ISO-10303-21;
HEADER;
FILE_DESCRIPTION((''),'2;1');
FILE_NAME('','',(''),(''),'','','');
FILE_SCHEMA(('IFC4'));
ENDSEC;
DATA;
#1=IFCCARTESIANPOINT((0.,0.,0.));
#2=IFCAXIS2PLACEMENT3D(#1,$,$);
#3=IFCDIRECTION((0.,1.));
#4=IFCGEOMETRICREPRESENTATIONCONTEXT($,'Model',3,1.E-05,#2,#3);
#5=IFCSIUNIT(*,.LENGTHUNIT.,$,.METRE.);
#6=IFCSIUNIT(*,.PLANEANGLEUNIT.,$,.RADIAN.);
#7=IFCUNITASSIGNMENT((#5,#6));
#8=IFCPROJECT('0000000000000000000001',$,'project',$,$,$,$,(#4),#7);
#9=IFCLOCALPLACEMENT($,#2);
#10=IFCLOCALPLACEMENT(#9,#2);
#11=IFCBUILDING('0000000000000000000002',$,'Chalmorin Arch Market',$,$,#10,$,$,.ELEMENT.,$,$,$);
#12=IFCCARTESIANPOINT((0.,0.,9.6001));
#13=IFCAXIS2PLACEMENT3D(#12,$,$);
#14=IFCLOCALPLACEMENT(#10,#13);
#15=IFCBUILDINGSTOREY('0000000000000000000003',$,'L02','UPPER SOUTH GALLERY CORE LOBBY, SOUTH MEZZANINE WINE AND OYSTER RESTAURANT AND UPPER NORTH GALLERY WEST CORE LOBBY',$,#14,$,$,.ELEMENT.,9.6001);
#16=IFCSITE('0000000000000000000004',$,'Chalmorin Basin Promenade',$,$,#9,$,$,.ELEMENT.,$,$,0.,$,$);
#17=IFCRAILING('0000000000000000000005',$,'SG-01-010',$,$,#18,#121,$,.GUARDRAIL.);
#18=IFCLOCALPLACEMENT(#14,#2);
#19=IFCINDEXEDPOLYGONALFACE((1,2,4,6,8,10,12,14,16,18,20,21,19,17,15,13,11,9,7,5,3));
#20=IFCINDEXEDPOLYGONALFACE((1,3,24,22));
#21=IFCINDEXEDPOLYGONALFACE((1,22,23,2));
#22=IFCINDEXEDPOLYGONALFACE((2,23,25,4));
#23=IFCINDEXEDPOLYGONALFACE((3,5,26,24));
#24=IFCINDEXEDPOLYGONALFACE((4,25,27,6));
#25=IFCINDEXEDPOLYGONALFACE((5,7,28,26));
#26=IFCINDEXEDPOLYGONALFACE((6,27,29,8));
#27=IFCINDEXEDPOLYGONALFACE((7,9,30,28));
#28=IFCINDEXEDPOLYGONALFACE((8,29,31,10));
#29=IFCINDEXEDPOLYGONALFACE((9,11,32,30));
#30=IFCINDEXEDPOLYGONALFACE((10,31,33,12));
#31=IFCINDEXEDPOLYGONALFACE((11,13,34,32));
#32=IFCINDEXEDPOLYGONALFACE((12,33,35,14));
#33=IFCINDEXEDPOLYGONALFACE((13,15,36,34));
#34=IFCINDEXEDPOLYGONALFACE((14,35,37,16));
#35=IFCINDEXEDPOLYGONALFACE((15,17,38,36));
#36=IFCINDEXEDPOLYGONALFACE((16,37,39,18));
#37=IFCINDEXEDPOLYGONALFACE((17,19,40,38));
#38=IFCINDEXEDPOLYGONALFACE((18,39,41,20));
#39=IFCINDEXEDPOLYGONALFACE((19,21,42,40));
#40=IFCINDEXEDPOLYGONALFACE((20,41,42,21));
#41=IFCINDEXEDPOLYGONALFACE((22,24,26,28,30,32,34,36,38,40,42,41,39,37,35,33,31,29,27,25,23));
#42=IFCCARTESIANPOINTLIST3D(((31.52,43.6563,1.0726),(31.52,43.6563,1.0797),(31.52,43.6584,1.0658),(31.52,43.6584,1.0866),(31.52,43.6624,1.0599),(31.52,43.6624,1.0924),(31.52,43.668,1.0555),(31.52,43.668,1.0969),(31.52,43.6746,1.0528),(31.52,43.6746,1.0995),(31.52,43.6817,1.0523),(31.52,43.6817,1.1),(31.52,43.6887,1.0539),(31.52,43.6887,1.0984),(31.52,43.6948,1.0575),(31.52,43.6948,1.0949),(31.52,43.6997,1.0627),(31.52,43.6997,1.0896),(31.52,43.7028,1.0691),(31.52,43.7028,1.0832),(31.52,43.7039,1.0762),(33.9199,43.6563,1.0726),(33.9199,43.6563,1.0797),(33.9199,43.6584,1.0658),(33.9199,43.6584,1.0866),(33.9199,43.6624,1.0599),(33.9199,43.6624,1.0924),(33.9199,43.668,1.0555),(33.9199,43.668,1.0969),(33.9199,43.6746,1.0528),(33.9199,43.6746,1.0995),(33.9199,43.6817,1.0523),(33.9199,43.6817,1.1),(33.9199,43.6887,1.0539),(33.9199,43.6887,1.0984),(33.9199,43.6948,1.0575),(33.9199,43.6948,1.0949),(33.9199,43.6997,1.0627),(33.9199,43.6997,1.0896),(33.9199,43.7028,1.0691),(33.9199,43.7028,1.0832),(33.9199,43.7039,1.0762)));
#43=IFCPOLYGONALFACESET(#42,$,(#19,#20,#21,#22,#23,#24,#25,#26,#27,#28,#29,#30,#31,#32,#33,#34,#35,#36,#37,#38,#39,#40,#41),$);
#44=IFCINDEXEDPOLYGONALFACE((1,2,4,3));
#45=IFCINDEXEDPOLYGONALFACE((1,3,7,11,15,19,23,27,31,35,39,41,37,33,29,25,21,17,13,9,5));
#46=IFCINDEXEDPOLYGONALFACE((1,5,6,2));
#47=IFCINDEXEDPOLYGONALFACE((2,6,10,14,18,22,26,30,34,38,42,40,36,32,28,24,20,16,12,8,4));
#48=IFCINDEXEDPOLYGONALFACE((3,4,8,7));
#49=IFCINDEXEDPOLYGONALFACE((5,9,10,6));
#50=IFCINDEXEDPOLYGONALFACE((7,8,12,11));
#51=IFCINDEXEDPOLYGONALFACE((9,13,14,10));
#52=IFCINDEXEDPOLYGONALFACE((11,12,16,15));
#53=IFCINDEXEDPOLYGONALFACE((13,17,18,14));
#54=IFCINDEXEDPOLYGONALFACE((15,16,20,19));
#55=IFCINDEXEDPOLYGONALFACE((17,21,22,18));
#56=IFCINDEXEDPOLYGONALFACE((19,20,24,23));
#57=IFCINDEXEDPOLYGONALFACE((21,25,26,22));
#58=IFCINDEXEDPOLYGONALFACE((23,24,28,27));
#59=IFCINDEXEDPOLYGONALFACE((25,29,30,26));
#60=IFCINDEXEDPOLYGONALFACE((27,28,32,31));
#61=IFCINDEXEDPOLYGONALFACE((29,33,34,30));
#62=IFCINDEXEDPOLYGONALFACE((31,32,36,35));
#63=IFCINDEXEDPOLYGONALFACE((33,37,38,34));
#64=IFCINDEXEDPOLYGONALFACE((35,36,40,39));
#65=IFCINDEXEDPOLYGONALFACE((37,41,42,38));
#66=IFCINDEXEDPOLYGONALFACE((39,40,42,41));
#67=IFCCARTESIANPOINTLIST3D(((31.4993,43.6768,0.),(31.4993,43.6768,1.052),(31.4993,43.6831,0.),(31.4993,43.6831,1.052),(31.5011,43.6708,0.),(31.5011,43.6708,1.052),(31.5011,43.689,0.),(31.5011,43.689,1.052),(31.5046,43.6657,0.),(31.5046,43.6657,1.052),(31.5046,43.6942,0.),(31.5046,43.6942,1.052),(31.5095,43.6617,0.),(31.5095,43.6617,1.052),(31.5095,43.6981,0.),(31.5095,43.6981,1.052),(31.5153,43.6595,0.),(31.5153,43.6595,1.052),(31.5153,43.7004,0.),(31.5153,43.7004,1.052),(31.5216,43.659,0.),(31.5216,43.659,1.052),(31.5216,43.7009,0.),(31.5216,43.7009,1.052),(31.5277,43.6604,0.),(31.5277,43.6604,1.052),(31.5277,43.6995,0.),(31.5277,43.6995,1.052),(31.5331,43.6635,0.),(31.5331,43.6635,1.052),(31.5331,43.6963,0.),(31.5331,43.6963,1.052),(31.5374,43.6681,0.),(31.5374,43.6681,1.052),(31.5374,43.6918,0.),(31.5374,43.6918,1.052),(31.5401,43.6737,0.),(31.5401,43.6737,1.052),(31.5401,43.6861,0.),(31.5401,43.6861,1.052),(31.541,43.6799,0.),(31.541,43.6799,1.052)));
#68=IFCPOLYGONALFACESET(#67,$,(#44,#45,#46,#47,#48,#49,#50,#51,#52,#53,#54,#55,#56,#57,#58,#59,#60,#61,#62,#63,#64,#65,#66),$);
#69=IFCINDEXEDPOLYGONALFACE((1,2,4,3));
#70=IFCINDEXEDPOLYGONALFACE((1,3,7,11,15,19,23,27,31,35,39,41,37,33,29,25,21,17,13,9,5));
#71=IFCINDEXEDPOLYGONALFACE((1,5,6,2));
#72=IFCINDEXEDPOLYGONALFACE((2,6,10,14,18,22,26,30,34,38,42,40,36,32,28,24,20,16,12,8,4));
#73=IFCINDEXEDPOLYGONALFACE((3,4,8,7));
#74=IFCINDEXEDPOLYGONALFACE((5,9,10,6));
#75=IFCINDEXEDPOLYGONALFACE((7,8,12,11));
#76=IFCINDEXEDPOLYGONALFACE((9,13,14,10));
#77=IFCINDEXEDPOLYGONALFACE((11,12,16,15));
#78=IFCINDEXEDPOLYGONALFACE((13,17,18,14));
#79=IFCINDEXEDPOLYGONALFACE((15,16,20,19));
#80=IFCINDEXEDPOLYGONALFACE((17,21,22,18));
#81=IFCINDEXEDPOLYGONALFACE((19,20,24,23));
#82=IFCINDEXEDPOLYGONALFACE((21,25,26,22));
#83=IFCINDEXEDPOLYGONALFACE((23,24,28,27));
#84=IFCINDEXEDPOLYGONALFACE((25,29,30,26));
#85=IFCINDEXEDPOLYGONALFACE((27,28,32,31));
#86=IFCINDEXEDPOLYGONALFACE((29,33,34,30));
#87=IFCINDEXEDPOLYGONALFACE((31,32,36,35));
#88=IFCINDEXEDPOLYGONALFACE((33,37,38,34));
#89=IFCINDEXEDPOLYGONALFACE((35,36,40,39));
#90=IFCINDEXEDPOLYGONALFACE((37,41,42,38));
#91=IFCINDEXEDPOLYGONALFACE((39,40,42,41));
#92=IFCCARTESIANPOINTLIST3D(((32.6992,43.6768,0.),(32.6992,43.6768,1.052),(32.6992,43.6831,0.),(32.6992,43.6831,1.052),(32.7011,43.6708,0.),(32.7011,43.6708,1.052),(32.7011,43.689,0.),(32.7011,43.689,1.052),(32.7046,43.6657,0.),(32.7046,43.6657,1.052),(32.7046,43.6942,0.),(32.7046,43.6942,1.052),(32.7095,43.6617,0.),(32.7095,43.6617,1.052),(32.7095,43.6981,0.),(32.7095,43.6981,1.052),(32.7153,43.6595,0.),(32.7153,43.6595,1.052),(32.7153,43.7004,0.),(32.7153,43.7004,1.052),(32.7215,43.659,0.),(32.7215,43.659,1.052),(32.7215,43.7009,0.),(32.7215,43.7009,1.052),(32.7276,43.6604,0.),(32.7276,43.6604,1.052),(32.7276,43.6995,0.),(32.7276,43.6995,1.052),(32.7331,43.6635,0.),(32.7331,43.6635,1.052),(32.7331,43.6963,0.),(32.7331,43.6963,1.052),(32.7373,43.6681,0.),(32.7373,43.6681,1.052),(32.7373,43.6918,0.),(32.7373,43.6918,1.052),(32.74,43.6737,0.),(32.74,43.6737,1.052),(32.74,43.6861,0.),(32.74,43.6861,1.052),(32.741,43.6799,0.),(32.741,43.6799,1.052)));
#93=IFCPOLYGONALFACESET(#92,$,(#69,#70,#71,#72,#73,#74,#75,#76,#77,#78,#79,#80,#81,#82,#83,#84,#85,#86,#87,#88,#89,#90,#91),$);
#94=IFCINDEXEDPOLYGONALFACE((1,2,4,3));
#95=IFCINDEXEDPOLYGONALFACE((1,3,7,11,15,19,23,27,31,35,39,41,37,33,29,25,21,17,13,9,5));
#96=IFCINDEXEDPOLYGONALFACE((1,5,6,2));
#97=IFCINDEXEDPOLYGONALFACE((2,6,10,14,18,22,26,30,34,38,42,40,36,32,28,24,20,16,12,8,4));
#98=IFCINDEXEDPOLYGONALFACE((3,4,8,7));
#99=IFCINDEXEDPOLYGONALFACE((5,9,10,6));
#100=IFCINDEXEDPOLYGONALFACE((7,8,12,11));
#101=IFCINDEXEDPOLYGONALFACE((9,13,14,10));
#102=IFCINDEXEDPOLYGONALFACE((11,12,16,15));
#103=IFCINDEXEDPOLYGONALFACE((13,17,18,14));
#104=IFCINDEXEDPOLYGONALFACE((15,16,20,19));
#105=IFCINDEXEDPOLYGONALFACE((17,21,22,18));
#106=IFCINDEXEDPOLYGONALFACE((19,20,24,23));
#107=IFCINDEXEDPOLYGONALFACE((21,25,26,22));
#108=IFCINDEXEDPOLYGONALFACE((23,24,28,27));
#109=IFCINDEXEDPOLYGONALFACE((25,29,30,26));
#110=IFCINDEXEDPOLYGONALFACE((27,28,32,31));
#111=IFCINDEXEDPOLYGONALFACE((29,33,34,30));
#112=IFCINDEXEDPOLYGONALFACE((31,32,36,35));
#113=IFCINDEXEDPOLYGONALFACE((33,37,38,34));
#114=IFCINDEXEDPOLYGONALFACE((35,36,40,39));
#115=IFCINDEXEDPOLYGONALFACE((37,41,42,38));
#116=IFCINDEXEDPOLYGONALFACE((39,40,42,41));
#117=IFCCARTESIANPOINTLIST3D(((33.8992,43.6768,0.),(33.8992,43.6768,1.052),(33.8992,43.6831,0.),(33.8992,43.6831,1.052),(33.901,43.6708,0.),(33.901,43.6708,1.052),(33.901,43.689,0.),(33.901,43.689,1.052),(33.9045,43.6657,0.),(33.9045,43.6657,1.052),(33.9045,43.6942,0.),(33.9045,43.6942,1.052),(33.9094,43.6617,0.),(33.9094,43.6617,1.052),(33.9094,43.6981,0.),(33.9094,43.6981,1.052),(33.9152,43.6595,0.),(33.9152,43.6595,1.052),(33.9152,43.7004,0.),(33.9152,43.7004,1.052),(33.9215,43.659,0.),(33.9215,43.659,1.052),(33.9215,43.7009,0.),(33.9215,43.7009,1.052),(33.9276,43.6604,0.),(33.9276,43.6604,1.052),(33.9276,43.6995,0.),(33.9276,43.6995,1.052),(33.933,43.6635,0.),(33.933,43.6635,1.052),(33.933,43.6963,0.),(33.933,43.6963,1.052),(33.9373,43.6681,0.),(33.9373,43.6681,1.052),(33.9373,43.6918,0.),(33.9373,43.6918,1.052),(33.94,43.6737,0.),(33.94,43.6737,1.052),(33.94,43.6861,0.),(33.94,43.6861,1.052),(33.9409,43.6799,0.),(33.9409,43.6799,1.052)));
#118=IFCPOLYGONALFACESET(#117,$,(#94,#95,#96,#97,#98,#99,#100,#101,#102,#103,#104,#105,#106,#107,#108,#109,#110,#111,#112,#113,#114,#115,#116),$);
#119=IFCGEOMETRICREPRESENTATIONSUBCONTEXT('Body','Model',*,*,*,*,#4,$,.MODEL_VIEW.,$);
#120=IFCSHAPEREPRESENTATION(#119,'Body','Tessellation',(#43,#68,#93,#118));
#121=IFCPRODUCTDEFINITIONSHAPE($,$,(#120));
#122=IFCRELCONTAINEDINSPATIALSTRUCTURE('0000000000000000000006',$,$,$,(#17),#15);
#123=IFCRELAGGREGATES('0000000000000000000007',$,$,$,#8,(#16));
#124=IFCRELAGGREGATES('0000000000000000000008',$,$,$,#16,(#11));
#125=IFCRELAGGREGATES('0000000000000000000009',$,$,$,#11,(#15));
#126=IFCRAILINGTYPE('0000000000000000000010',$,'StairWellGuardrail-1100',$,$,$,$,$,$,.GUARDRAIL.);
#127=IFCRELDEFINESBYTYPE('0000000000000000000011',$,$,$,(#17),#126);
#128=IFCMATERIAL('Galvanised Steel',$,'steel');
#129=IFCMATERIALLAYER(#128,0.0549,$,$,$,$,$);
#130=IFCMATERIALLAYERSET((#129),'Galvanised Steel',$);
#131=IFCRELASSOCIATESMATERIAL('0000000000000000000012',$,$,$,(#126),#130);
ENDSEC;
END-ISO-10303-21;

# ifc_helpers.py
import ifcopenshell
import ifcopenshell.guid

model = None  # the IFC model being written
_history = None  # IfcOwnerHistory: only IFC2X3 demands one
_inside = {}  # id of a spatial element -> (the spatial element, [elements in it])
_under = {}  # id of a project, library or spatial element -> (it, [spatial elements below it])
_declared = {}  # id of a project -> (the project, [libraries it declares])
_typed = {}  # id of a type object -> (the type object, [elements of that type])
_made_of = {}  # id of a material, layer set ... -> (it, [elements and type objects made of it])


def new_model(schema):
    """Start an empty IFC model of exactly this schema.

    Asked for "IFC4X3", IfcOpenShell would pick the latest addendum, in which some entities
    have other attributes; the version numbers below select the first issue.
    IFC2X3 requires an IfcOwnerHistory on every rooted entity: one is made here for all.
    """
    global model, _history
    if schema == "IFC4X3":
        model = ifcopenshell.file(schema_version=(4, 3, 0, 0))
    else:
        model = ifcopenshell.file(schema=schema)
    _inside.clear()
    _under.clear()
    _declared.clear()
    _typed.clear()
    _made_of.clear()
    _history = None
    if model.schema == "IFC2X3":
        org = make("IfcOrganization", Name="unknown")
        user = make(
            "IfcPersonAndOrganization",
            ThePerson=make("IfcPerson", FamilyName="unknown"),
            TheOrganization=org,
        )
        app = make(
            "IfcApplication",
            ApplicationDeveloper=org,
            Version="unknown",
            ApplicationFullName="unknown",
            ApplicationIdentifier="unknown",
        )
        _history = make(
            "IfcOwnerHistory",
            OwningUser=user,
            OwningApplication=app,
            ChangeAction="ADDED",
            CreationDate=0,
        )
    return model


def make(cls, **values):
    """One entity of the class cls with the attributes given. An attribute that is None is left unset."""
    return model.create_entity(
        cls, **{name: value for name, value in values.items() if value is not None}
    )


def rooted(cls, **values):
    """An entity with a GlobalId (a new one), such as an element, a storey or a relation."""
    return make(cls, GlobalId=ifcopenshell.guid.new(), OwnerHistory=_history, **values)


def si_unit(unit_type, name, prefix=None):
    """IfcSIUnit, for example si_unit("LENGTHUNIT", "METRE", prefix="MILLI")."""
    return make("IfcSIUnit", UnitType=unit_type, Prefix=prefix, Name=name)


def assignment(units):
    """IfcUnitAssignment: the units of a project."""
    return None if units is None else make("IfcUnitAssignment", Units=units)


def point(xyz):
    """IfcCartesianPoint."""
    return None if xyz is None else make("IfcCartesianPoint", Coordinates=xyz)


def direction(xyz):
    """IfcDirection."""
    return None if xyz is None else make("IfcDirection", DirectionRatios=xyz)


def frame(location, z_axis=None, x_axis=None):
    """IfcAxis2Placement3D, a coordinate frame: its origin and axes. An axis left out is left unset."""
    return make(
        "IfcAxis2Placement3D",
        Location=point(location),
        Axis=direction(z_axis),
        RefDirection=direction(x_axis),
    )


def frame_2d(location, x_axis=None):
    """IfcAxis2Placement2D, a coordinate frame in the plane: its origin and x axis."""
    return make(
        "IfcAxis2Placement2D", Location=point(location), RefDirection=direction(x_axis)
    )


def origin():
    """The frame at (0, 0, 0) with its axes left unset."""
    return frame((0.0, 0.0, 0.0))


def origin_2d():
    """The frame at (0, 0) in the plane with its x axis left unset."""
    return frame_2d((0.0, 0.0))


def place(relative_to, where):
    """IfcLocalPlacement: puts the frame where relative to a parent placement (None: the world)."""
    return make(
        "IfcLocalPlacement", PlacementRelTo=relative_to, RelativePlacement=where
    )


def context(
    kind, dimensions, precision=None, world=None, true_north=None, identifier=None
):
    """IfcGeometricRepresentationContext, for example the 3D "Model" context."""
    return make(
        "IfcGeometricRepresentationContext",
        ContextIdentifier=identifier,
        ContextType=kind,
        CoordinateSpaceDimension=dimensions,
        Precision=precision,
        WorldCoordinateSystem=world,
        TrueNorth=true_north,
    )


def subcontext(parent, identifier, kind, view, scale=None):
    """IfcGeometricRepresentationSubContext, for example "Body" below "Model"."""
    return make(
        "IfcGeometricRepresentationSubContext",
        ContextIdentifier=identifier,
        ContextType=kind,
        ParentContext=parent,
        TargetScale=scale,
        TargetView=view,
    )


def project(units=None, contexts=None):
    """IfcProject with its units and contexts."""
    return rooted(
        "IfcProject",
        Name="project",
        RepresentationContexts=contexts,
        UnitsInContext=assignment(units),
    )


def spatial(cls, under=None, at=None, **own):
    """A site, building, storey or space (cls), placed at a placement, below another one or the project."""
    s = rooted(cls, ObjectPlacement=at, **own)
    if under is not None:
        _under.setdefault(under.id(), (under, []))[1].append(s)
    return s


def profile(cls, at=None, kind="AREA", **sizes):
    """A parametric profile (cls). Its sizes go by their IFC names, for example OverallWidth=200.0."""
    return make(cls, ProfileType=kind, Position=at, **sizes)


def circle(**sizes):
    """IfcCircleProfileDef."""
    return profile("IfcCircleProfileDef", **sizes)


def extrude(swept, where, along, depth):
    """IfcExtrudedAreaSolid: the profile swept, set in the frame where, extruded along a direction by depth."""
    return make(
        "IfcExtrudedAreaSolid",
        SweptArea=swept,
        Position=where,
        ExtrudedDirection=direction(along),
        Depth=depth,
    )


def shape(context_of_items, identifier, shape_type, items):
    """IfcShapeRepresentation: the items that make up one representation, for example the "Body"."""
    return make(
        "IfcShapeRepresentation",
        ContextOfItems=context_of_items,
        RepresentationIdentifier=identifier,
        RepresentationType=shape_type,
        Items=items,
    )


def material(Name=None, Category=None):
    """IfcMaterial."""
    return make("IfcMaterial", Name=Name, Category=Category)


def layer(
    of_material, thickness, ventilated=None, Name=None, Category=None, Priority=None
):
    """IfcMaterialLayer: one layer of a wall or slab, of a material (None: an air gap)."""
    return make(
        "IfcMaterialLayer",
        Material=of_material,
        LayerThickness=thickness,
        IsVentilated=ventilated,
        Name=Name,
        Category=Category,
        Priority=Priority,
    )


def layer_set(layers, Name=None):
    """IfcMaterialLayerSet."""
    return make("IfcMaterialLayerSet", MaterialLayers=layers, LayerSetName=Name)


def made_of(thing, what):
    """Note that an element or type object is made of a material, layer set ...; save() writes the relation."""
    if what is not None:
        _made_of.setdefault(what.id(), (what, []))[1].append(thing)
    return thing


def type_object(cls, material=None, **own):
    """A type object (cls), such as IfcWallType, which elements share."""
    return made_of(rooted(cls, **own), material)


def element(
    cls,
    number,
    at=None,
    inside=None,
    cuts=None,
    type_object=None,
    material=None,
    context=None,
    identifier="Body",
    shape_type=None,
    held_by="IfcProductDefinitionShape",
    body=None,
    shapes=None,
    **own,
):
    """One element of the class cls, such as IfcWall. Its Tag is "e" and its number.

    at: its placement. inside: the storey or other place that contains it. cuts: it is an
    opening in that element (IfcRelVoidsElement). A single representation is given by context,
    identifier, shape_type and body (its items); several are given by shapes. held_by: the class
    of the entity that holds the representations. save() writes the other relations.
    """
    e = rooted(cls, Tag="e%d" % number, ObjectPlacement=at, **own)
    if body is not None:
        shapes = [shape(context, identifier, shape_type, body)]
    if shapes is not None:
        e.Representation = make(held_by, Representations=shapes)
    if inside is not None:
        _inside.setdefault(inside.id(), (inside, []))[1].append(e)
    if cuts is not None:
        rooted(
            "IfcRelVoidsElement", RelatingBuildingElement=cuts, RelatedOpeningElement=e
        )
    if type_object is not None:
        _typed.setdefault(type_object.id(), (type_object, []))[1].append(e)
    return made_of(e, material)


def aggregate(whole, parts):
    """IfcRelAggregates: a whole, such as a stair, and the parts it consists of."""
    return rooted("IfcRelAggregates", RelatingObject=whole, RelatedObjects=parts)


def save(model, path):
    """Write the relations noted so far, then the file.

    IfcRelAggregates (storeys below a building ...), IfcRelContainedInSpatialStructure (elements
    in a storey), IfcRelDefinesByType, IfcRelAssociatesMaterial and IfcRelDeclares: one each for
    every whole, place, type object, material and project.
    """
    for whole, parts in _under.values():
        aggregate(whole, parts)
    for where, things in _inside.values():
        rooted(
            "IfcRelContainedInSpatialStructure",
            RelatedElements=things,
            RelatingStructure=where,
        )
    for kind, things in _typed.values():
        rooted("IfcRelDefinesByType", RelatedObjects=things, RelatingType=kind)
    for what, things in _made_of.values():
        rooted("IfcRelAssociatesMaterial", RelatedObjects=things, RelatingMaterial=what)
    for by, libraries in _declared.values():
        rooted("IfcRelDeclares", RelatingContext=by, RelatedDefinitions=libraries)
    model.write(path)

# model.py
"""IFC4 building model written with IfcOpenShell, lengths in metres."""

from ifc_helpers import new_model, si_unit, direction, frame, origin, origin_2d, place, context, subcontext, project, spatial, circle, extrude, material, layer, layer_set, type_object, element, save


model = new_model("IFC4")

# Units and contexts
model_context = context("Model", 3, precision=1e-05, world=origin(), true_north=direction((0.0, 1.0)))
body_context = subcontext(model_context, "Body", "Model", "MODEL_VIEW")
ifc_project = project(units=[si_unit("LENGTHUNIT", "METRE"), si_unit("PLANEANGLEUNIT", "RADIAN")], contexts=[model_context])

# Site, building, storey
site_placement = place(None, origin())
site = spatial("IfcSite", under=ifc_project, at=site_placement, Name="Chalmorin Basin Promenade", CompositionType="ELEMENT", RefElevation=0.0)
building_placement = place(site_placement, origin())
building = spatial("IfcBuilding", under=site, at=building_placement, Name="Chalmorin Arch Market", CompositionType="ELEMENT")
storey_placement = place(building_placement, frame((0.0, 0.0, 9.6001)))
storey = spatial("IfcBuildingStorey", under=building, at=storey_placement, Name="L02", Description="UPPER SOUTH GALLERY CORE LOBBY, SOUTH MEZZANINE WINE AND OYSTER RESTAURANT AND UPPER NORTH GALLERY WEST CORE LOBBY", CompositionType="ELEMENT", Elevation=9.6001)

# Shared definitions
ifc_material_1 = material(Name="Galvanised Steel", Category="steel")

# Railing
ifc_layer_1 = layer(ifc_material_1, 0.0549)
ifc_layer_set_1 = layer_set([ifc_layer_1], Name="Galvanised Steel")
railing_type = type_object("IfcRailingType", Name="StairWellGuardrail-1100", PredefinedType="GUARDRAIL", material=ifc_layer_set_1)
railing_placement = place(storey_placement, frame((31.52, 43.6799, 0.0)))
element("IfcRailing", 1, at=railing_placement, inside=storey, type_object=railing_type, Name="SG-01-010", PredefinedType="GUARDRAIL", context=body_context, shape_type="SweptSolid", body=[
    extrude(circle(Radius=0.0239, at=origin_2d()), frame((0.0, 0.0, 1.0762), z_axis=(1.0, 0.0, 0.0), x_axis=(0.0, 1.0, 0.0)), (0.0, 0.0, 1.0), 2.3999),
    extrude(circle(Radius=0.021, at=origin_2d()), origin(), (0.0, 0.0, 1.0), 1.052),
    extrude(circle(Radius=0.021, at=origin_2d()), frame((1.2, 0.0, 0.0)), (0.0, 0.0, 1.0), 1.052),
    extrude(circle(Radius=0.021, at=origin_2d()), frame((2.3999, 0.0, 0.0)), (0.0, 0.0, 1.0), 1.052),
])

save(model, "model.ifc")
